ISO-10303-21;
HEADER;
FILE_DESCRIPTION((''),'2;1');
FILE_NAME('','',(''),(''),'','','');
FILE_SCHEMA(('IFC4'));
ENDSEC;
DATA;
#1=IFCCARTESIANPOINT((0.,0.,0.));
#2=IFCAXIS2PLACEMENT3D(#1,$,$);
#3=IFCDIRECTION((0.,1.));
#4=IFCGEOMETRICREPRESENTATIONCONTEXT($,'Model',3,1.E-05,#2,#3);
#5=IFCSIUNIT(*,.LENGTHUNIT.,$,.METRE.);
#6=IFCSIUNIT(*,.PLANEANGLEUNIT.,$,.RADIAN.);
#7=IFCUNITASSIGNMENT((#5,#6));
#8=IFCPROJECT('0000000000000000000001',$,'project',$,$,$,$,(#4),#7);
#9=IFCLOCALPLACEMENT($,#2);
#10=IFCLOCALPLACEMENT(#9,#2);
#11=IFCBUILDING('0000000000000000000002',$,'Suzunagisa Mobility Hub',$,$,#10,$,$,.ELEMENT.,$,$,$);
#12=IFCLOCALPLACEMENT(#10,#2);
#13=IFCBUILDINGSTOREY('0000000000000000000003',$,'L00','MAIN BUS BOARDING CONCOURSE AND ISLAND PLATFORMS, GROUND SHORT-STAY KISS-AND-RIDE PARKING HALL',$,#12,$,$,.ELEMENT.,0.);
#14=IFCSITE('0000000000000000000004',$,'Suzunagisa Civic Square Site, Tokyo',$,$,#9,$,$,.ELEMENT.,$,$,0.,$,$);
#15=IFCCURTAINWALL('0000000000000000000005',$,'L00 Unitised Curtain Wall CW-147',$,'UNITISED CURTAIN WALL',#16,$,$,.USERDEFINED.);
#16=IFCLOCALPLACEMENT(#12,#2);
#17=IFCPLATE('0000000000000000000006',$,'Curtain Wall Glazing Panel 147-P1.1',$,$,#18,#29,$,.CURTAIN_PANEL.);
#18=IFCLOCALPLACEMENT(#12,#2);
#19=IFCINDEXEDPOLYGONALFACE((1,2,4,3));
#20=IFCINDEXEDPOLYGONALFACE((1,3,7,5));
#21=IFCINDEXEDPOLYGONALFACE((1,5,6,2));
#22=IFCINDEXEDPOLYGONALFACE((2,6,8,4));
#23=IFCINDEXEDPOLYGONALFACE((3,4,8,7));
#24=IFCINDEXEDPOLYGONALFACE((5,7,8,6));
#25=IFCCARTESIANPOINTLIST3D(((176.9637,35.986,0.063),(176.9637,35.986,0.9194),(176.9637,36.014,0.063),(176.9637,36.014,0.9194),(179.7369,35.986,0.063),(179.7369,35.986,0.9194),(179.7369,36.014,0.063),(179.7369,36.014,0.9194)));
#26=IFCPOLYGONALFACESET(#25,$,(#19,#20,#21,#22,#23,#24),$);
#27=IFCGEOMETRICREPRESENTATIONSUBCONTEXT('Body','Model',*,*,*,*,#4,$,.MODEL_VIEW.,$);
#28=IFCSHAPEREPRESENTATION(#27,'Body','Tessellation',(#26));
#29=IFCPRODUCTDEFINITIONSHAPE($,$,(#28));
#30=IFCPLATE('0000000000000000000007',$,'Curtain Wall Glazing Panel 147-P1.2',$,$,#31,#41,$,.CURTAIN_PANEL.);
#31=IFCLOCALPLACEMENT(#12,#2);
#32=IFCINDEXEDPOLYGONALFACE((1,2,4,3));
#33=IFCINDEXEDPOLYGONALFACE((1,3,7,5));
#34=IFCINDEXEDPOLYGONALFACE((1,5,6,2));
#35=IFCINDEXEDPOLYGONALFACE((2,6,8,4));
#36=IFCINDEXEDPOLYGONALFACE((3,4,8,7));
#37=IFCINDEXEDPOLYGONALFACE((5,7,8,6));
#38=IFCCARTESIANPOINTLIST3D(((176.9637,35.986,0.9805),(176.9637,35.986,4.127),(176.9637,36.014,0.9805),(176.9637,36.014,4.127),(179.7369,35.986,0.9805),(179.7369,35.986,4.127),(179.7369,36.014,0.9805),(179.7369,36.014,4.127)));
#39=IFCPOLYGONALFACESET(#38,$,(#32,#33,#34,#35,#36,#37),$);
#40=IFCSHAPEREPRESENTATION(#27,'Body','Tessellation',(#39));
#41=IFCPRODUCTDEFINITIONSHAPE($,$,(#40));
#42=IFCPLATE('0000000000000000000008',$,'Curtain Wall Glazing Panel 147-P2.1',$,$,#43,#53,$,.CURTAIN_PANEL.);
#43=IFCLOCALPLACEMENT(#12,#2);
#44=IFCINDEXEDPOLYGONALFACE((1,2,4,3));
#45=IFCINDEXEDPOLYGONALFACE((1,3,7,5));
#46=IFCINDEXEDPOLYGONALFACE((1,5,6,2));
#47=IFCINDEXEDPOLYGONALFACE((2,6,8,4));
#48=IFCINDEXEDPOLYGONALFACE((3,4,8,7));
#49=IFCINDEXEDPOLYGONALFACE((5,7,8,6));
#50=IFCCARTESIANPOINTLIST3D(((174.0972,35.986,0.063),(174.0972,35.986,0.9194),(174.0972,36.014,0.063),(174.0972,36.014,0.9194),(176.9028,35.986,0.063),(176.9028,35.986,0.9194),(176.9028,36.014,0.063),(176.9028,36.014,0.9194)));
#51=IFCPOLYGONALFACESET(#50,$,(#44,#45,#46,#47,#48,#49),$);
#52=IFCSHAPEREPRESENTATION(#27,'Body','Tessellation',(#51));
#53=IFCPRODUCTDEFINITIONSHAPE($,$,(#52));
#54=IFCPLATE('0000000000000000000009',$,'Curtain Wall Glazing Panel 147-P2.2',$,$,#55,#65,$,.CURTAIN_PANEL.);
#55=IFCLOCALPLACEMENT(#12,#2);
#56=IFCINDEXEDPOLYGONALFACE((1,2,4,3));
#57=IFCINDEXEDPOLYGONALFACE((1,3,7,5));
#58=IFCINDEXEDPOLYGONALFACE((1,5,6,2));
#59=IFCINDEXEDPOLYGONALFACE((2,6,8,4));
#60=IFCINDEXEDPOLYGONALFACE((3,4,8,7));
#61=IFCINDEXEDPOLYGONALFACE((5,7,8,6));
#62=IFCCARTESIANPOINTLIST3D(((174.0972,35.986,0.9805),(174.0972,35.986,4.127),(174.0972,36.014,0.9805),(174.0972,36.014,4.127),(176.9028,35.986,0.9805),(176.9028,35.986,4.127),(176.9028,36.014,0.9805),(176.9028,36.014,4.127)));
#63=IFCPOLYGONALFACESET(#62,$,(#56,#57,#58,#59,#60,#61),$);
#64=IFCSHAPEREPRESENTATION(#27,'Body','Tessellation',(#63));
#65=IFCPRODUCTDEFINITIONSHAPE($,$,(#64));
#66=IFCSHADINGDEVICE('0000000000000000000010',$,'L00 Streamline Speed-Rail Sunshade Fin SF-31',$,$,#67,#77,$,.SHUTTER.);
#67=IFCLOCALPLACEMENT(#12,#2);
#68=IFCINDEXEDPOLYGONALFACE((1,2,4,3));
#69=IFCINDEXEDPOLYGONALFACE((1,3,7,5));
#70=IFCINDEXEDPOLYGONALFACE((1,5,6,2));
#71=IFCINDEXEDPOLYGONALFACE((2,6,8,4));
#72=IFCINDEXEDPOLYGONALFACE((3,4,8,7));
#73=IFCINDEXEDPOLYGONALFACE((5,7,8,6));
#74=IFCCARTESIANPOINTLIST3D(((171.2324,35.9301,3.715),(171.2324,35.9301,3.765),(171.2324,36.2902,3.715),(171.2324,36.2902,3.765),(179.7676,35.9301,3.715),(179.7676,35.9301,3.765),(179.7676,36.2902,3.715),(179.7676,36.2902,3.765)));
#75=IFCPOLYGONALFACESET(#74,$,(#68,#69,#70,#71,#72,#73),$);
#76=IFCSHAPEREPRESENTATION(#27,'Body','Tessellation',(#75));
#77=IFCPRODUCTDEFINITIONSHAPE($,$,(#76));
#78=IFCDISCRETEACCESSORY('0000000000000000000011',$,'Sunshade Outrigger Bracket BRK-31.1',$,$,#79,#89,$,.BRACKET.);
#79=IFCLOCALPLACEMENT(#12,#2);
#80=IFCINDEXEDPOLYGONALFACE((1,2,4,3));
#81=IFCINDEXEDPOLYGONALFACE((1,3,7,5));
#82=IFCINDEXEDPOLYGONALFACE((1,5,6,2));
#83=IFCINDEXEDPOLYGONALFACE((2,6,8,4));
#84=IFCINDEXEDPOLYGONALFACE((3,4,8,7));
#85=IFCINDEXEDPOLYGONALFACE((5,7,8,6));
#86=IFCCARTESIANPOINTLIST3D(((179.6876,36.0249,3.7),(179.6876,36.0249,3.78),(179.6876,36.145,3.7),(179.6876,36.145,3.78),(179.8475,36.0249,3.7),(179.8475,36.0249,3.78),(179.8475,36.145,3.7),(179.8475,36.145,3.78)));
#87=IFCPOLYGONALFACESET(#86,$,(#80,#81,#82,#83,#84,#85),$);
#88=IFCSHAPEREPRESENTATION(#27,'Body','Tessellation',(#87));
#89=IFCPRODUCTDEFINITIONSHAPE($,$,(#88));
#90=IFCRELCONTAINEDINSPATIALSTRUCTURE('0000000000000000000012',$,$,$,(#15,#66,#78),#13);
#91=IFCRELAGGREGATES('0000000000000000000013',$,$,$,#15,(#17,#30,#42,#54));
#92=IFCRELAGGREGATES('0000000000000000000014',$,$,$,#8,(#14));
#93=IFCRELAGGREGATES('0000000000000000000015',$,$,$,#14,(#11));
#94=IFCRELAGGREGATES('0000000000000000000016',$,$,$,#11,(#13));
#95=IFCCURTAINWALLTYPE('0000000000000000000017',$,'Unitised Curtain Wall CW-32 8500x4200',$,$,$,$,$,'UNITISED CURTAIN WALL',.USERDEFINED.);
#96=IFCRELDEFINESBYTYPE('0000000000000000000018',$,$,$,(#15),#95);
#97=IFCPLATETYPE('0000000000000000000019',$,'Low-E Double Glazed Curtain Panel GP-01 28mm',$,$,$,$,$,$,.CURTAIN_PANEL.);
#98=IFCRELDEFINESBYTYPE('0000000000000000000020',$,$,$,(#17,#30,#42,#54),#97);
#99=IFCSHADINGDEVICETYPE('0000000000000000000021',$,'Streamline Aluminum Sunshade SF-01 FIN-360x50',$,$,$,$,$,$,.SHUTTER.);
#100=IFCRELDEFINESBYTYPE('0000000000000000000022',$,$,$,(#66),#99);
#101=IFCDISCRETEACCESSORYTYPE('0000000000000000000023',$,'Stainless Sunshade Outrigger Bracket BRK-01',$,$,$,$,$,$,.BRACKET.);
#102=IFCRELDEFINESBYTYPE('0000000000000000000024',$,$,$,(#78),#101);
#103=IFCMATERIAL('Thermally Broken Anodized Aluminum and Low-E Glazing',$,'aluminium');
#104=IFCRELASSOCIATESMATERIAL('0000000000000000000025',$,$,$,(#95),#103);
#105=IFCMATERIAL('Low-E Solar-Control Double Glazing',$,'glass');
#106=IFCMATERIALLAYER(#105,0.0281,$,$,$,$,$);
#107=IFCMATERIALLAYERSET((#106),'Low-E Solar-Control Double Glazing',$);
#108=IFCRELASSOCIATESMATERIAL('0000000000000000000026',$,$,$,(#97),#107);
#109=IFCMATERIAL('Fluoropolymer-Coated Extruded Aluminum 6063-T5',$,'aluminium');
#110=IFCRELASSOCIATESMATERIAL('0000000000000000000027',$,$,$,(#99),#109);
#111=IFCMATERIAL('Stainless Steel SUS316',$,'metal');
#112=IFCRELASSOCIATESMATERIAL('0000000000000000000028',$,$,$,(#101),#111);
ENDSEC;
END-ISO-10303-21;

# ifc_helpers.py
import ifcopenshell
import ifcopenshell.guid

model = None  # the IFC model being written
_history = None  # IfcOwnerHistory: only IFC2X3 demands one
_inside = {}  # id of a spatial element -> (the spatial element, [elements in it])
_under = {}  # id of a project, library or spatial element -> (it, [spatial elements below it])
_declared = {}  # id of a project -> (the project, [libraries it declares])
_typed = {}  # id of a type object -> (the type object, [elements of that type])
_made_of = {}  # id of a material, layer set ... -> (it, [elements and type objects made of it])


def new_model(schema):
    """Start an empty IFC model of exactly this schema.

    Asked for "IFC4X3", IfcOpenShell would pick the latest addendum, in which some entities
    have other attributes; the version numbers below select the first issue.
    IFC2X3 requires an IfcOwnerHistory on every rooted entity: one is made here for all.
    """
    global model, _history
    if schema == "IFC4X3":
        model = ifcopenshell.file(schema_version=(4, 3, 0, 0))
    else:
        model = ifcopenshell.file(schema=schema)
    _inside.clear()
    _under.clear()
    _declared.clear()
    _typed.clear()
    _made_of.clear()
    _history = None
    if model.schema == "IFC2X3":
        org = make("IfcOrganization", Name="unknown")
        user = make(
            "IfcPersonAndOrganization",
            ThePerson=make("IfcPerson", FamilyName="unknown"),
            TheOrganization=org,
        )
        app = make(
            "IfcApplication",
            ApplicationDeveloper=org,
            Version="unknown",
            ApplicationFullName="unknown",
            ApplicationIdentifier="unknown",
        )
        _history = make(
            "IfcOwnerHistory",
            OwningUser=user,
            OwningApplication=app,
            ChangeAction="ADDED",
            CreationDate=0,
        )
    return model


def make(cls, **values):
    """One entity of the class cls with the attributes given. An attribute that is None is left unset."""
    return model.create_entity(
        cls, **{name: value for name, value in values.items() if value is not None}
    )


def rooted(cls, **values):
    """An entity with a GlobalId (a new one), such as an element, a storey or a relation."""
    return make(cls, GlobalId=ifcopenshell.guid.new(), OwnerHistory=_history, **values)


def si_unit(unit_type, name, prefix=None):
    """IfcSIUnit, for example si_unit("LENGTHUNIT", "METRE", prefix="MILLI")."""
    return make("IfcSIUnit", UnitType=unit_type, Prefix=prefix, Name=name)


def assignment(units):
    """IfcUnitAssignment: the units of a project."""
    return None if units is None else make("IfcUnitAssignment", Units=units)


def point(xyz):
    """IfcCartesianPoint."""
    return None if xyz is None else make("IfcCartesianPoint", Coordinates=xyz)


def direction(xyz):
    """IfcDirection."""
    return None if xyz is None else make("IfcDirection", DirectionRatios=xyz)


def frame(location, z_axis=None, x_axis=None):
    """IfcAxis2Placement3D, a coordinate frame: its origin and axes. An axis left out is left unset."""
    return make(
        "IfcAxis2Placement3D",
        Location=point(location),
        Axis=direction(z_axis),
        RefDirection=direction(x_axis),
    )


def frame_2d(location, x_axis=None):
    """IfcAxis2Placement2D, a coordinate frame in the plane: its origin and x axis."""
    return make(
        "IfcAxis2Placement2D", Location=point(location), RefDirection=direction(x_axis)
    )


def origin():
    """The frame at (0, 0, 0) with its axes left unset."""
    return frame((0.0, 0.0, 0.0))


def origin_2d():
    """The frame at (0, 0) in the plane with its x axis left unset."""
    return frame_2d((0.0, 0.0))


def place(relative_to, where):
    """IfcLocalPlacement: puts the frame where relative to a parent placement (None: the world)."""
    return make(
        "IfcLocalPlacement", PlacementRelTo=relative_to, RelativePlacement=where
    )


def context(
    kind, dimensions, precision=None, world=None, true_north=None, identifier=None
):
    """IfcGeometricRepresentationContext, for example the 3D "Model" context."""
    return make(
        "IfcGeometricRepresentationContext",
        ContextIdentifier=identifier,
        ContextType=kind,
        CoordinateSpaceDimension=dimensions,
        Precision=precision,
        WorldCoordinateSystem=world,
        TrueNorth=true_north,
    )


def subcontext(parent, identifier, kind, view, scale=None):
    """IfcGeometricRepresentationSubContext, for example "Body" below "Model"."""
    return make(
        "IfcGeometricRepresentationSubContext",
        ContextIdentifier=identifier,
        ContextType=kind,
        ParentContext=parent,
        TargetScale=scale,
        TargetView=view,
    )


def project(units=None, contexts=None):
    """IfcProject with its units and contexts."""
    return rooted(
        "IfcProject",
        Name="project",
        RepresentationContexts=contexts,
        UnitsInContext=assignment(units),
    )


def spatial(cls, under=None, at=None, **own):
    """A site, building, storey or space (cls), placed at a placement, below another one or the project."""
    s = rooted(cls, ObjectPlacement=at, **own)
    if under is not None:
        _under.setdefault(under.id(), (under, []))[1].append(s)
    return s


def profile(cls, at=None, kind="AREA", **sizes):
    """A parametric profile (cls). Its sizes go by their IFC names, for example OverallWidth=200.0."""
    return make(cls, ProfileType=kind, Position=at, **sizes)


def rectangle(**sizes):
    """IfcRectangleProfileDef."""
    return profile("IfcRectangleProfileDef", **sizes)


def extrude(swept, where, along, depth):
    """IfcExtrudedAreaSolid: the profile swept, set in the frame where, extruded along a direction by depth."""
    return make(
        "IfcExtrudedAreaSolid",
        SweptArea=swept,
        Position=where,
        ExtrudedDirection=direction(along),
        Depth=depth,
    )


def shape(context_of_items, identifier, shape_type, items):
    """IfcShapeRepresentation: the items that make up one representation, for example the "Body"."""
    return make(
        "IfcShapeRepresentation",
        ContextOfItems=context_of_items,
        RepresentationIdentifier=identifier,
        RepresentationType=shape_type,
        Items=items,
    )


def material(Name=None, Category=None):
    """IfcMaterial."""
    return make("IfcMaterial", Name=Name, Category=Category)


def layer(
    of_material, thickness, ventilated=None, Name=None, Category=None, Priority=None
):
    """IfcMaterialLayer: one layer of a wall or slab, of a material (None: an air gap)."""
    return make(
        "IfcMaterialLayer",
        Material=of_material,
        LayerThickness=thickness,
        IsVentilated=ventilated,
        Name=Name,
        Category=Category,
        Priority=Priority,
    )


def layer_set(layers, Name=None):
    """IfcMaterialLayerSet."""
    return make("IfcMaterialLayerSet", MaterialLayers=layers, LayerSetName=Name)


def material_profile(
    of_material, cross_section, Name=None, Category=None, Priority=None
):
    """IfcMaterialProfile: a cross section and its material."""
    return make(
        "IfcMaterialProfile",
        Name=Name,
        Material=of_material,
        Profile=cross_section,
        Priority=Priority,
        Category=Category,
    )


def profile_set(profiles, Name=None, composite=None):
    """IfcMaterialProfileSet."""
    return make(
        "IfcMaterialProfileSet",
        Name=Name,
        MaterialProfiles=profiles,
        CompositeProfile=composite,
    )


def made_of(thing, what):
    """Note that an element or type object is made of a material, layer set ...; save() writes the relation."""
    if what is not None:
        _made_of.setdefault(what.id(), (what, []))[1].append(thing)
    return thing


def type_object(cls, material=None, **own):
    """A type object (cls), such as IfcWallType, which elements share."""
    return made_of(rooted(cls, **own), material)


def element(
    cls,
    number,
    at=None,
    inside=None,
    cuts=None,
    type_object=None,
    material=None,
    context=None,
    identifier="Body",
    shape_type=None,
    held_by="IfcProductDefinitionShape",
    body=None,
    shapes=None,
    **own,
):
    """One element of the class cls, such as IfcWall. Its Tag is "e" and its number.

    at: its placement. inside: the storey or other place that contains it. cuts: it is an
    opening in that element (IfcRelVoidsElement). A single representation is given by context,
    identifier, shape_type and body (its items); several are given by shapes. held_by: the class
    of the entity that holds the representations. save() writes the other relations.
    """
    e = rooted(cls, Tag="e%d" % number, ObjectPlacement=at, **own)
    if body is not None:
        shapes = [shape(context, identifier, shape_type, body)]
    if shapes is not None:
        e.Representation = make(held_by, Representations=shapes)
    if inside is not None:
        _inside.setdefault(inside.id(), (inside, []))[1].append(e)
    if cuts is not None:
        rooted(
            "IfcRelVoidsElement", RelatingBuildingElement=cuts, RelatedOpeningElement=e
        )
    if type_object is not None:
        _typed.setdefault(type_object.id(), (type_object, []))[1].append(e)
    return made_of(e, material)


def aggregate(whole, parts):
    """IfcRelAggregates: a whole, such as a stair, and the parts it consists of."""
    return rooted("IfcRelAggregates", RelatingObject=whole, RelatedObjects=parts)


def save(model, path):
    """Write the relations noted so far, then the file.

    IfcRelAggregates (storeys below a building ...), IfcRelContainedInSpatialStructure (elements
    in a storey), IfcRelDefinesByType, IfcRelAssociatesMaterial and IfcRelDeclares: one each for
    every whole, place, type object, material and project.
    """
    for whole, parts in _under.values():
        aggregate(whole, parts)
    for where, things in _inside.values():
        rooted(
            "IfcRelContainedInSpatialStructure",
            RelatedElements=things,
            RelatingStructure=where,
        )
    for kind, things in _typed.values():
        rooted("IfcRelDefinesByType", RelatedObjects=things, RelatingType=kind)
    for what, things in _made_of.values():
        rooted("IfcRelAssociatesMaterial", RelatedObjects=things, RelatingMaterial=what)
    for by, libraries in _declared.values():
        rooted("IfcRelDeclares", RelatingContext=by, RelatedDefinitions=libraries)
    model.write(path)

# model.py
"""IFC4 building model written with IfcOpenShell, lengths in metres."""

from ifc_helpers import new_model, si_unit, direction, frame, origin, origin_2d, place, context, subcontext, project, spatial, rectangle, extrude, material, layer, layer_set, material_profile, profile_set, type_object, element, aggregate, save


model = new_model("IFC4")

# Units and contexts
model_context = context("Model", 3, precision=1e-05, world=origin(), true_north=direction((0.0, 1.0)))
body_context = subcontext(model_context, "Body", "Model", "MODEL_VIEW")
ifc_project = project(units=[si_unit("LENGTHUNIT", "METRE"), si_unit("PLANEANGLEUNIT", "RADIAN")], contexts=[model_context])

# Site, building, storey
site_placement = place(None, origin())
site = spatial("IfcSite", under=ifc_project, at=site_placement, Name="Suzunagisa Civic Square Site, Tokyo", CompositionType="ELEMENT", RefElevation=0.0)
building_placement = place(site_placement, origin())
building = spatial("IfcBuilding", under=site, at=building_placement, Name="Suzunagisa Mobility Hub", CompositionType="ELEMENT")
storey_placement = place(building_placement, origin())
storey = spatial("IfcBuildingStorey", under=building, at=storey_placement, Name="L00", Description="MAIN BUS BOARDING CONCOURSE AND ISLAND PLATFORMS, GROUND SHORT-STAY KISS-AND-RIDE PARKING HALL", CompositionType="ELEMENT", Elevation=0.0)

# Curtain wall, plates
ifc_material_1 = material(Name="Thermally Broken Anodized Aluminum and Low-E Glazing", Category="aluminium")
curtain_wall_type = type_object("IfcCurtainWallType", Name="Unitised Curtain Wall CW-32 8500x4200", ElementType="UNITISED CURTAIN WALL", PredefinedType="USERDEFINED", material=ifc_material_1)
curtain_wall_placement = place(storey_placement, origin())
curtain_wall = element("IfcCurtainWall", 1, at=curtain_wall_placement, inside=storey, type_object=curtain_wall_type, Name="L00 Unitised Curtain Wall CW-147", ObjectType="UNITISED CURTAIN WALL", PredefinedType="USERDEFINED")
ifc_material_2 = material(Name="Low-E Solar-Control Double Glazing", Category="glass")
ifc_layer = layer(ifc_material_2, 0.0281)
ifc_layer_set = layer_set([ifc_layer], Name="Low-E Solar-Control Double Glazing")
plate_type = type_object("IfcPlateType", Name="Low-E Double Glazed Curtain Panel GP-01 28mm", PredefinedType="CURTAIN_PANEL", material=ifc_layer_set)
plate_1_placement = place(storey_placement, frame((178.3503, 36.0, 0.063), z_axis=(0.0, 0.0, 1.0), x_axis=(-1.0, 0.0, 0.0)))
plate_1 = element("IfcPlate", 2, at=plate_1_placement, type_object=plate_type, Name="Curtain Wall Glazing Panel 147-P1.1", PredefinedType="CURTAIN_PANEL", context=body_context, shape_type="SweptSolid", body=[
    extrude(rectangle(XDim=2.7732, YDim=0.0281, at=origin_2d()), origin(), (0.0, 0.0, 1.0), 0.8564),
])
plate_2_placement = place(storey_placement, frame((178.3503, 36.0, 0.9805), z_axis=(0.0, 0.0, 1.0), x_axis=(-1.0, 0.0, 0.0)))
plate_2 = element("IfcPlate", 3, at=plate_2_placement, type_object=plate_type, Name="Curtain Wall Glazing Panel 147-P1.2", PredefinedType="CURTAIN_PANEL", context=body_context, shape_type="SweptSolid", body=[
    extrude(rectangle(XDim=2.7732, YDim=0.0281, at=origin_2d()), origin(), (0.0, 0.0, 1.0), 3.1465),
])
plate_3_placement = place(storey_placement, frame((175.5, 36.0, 0.063), z_axis=(0.0, 0.0, 1.0), x_axis=(-1.0, 0.0, 0.0)))
plate_3 = element("IfcPlate", 4, at=plate_3_placement, type_object=plate_type, Name="Curtain Wall Glazing Panel 147-P2.1", PredefinedType="CURTAIN_PANEL", context=body_context, shape_type="SweptSolid", body=[
    extrude(rectangle(XDim=2.8057, YDim=0.0281, at=origin_2d()), origin(), (0.0, 0.0, 1.0), 0.8564),
])
plate_4_placement = place(storey_placement, frame((175.5, 36.0, 0.9805), z_axis=(0.0, 0.0, 1.0), x_axis=(-1.0, 0.0, 0.0)))
plate_4 = element("IfcPlate", 5, at=plate_4_placement, type_object=plate_type, Name="Curtain Wall Glazing Panel 147-P2.2", PredefinedType="CURTAIN_PANEL", context=body_context, shape_type="SweptSolid", body=[
    extrude(rectangle(XDim=2.8057, YDim=0.0281, at=origin_2d()), origin(), (0.0, 0.0, 1.0), 3.1465),
])
aggregate(curtain_wall, [plate_1, plate_2, plate_3, plate_4])

# Shading device
ifc_material_3 = material(Name="Fluoropolymer-Coated Extruded Aluminum 6063-T5", Category="aluminium")
ifc_material_profile_1 = material_profile(ifc_material_3, rectangle(XDim=0.3601, YDim=0.05, at=origin_2d()), Name="FIN-360x50")
ifc_profile_set_1 = profile_set([ifc_material_profile_1], Name="Fluoropolymer-Coated Extruded Aluminum 6063-T5")
shading_device_type = type_object("IfcShadingDeviceType", Name="Streamline Aluminum Sunshade SF-01 FIN-360x50", PredefinedType="SHUTTER", material=ifc_profile_set_1)
shading_device_placement = place(storey_placement, frame((179.7676, 36.1101, 3.74), z_axis=(-1.0, 0.0, 0.0), x_axis=(0.0, -1.0, 0.0)))
element("IfcShadingDevice", 6, at=shading_device_placement, inside=storey, type_object=shading_device_type, Name="L00 Streamline Speed-Rail Sunshade Fin SF-31", PredefinedType="SHUTTER", context=body_context, shape_type="SweptSolid", body=[
    extrude(rectangle(XDim=0.3601, YDim=0.05, at=origin_2d()), origin(), (0.0, 0.0, 1.0), 8.5352),
])

# Discrete accessory
ifc_material_4 = material(Name="Stainless Steel SUS316", Category="metal")
discrete_accessory_type = type_object("IfcDiscreteAccessoryType", Name="Stainless Sunshade Outrigger Bracket BRK-01", PredefinedType="BRACKET", material=ifc_material_4)
discrete_accessory_placement = place(storey_placement, frame((179.7676, 36.085, 3.7), z_axis=(0.0, 0.0, 1.0), x_axis=(-1.0, 0.0, 0.0)))
element("IfcDiscreteAccessory", 7, at=discrete_accessory_placement, inside=storey, type_object=discrete_accessory_type, Name="Sunshade Outrigger Bracket BRK-31.1", PredefinedType="BRACKET", context=body_context, shape_type="SweptSolid", body=[
    extrude(rectangle(XDim=0.1599, YDim=0.1201, at=origin_2d()), origin(), (0.0, 0.0, 1.0), 0.0801),
])

save(model, "model.ifc")
